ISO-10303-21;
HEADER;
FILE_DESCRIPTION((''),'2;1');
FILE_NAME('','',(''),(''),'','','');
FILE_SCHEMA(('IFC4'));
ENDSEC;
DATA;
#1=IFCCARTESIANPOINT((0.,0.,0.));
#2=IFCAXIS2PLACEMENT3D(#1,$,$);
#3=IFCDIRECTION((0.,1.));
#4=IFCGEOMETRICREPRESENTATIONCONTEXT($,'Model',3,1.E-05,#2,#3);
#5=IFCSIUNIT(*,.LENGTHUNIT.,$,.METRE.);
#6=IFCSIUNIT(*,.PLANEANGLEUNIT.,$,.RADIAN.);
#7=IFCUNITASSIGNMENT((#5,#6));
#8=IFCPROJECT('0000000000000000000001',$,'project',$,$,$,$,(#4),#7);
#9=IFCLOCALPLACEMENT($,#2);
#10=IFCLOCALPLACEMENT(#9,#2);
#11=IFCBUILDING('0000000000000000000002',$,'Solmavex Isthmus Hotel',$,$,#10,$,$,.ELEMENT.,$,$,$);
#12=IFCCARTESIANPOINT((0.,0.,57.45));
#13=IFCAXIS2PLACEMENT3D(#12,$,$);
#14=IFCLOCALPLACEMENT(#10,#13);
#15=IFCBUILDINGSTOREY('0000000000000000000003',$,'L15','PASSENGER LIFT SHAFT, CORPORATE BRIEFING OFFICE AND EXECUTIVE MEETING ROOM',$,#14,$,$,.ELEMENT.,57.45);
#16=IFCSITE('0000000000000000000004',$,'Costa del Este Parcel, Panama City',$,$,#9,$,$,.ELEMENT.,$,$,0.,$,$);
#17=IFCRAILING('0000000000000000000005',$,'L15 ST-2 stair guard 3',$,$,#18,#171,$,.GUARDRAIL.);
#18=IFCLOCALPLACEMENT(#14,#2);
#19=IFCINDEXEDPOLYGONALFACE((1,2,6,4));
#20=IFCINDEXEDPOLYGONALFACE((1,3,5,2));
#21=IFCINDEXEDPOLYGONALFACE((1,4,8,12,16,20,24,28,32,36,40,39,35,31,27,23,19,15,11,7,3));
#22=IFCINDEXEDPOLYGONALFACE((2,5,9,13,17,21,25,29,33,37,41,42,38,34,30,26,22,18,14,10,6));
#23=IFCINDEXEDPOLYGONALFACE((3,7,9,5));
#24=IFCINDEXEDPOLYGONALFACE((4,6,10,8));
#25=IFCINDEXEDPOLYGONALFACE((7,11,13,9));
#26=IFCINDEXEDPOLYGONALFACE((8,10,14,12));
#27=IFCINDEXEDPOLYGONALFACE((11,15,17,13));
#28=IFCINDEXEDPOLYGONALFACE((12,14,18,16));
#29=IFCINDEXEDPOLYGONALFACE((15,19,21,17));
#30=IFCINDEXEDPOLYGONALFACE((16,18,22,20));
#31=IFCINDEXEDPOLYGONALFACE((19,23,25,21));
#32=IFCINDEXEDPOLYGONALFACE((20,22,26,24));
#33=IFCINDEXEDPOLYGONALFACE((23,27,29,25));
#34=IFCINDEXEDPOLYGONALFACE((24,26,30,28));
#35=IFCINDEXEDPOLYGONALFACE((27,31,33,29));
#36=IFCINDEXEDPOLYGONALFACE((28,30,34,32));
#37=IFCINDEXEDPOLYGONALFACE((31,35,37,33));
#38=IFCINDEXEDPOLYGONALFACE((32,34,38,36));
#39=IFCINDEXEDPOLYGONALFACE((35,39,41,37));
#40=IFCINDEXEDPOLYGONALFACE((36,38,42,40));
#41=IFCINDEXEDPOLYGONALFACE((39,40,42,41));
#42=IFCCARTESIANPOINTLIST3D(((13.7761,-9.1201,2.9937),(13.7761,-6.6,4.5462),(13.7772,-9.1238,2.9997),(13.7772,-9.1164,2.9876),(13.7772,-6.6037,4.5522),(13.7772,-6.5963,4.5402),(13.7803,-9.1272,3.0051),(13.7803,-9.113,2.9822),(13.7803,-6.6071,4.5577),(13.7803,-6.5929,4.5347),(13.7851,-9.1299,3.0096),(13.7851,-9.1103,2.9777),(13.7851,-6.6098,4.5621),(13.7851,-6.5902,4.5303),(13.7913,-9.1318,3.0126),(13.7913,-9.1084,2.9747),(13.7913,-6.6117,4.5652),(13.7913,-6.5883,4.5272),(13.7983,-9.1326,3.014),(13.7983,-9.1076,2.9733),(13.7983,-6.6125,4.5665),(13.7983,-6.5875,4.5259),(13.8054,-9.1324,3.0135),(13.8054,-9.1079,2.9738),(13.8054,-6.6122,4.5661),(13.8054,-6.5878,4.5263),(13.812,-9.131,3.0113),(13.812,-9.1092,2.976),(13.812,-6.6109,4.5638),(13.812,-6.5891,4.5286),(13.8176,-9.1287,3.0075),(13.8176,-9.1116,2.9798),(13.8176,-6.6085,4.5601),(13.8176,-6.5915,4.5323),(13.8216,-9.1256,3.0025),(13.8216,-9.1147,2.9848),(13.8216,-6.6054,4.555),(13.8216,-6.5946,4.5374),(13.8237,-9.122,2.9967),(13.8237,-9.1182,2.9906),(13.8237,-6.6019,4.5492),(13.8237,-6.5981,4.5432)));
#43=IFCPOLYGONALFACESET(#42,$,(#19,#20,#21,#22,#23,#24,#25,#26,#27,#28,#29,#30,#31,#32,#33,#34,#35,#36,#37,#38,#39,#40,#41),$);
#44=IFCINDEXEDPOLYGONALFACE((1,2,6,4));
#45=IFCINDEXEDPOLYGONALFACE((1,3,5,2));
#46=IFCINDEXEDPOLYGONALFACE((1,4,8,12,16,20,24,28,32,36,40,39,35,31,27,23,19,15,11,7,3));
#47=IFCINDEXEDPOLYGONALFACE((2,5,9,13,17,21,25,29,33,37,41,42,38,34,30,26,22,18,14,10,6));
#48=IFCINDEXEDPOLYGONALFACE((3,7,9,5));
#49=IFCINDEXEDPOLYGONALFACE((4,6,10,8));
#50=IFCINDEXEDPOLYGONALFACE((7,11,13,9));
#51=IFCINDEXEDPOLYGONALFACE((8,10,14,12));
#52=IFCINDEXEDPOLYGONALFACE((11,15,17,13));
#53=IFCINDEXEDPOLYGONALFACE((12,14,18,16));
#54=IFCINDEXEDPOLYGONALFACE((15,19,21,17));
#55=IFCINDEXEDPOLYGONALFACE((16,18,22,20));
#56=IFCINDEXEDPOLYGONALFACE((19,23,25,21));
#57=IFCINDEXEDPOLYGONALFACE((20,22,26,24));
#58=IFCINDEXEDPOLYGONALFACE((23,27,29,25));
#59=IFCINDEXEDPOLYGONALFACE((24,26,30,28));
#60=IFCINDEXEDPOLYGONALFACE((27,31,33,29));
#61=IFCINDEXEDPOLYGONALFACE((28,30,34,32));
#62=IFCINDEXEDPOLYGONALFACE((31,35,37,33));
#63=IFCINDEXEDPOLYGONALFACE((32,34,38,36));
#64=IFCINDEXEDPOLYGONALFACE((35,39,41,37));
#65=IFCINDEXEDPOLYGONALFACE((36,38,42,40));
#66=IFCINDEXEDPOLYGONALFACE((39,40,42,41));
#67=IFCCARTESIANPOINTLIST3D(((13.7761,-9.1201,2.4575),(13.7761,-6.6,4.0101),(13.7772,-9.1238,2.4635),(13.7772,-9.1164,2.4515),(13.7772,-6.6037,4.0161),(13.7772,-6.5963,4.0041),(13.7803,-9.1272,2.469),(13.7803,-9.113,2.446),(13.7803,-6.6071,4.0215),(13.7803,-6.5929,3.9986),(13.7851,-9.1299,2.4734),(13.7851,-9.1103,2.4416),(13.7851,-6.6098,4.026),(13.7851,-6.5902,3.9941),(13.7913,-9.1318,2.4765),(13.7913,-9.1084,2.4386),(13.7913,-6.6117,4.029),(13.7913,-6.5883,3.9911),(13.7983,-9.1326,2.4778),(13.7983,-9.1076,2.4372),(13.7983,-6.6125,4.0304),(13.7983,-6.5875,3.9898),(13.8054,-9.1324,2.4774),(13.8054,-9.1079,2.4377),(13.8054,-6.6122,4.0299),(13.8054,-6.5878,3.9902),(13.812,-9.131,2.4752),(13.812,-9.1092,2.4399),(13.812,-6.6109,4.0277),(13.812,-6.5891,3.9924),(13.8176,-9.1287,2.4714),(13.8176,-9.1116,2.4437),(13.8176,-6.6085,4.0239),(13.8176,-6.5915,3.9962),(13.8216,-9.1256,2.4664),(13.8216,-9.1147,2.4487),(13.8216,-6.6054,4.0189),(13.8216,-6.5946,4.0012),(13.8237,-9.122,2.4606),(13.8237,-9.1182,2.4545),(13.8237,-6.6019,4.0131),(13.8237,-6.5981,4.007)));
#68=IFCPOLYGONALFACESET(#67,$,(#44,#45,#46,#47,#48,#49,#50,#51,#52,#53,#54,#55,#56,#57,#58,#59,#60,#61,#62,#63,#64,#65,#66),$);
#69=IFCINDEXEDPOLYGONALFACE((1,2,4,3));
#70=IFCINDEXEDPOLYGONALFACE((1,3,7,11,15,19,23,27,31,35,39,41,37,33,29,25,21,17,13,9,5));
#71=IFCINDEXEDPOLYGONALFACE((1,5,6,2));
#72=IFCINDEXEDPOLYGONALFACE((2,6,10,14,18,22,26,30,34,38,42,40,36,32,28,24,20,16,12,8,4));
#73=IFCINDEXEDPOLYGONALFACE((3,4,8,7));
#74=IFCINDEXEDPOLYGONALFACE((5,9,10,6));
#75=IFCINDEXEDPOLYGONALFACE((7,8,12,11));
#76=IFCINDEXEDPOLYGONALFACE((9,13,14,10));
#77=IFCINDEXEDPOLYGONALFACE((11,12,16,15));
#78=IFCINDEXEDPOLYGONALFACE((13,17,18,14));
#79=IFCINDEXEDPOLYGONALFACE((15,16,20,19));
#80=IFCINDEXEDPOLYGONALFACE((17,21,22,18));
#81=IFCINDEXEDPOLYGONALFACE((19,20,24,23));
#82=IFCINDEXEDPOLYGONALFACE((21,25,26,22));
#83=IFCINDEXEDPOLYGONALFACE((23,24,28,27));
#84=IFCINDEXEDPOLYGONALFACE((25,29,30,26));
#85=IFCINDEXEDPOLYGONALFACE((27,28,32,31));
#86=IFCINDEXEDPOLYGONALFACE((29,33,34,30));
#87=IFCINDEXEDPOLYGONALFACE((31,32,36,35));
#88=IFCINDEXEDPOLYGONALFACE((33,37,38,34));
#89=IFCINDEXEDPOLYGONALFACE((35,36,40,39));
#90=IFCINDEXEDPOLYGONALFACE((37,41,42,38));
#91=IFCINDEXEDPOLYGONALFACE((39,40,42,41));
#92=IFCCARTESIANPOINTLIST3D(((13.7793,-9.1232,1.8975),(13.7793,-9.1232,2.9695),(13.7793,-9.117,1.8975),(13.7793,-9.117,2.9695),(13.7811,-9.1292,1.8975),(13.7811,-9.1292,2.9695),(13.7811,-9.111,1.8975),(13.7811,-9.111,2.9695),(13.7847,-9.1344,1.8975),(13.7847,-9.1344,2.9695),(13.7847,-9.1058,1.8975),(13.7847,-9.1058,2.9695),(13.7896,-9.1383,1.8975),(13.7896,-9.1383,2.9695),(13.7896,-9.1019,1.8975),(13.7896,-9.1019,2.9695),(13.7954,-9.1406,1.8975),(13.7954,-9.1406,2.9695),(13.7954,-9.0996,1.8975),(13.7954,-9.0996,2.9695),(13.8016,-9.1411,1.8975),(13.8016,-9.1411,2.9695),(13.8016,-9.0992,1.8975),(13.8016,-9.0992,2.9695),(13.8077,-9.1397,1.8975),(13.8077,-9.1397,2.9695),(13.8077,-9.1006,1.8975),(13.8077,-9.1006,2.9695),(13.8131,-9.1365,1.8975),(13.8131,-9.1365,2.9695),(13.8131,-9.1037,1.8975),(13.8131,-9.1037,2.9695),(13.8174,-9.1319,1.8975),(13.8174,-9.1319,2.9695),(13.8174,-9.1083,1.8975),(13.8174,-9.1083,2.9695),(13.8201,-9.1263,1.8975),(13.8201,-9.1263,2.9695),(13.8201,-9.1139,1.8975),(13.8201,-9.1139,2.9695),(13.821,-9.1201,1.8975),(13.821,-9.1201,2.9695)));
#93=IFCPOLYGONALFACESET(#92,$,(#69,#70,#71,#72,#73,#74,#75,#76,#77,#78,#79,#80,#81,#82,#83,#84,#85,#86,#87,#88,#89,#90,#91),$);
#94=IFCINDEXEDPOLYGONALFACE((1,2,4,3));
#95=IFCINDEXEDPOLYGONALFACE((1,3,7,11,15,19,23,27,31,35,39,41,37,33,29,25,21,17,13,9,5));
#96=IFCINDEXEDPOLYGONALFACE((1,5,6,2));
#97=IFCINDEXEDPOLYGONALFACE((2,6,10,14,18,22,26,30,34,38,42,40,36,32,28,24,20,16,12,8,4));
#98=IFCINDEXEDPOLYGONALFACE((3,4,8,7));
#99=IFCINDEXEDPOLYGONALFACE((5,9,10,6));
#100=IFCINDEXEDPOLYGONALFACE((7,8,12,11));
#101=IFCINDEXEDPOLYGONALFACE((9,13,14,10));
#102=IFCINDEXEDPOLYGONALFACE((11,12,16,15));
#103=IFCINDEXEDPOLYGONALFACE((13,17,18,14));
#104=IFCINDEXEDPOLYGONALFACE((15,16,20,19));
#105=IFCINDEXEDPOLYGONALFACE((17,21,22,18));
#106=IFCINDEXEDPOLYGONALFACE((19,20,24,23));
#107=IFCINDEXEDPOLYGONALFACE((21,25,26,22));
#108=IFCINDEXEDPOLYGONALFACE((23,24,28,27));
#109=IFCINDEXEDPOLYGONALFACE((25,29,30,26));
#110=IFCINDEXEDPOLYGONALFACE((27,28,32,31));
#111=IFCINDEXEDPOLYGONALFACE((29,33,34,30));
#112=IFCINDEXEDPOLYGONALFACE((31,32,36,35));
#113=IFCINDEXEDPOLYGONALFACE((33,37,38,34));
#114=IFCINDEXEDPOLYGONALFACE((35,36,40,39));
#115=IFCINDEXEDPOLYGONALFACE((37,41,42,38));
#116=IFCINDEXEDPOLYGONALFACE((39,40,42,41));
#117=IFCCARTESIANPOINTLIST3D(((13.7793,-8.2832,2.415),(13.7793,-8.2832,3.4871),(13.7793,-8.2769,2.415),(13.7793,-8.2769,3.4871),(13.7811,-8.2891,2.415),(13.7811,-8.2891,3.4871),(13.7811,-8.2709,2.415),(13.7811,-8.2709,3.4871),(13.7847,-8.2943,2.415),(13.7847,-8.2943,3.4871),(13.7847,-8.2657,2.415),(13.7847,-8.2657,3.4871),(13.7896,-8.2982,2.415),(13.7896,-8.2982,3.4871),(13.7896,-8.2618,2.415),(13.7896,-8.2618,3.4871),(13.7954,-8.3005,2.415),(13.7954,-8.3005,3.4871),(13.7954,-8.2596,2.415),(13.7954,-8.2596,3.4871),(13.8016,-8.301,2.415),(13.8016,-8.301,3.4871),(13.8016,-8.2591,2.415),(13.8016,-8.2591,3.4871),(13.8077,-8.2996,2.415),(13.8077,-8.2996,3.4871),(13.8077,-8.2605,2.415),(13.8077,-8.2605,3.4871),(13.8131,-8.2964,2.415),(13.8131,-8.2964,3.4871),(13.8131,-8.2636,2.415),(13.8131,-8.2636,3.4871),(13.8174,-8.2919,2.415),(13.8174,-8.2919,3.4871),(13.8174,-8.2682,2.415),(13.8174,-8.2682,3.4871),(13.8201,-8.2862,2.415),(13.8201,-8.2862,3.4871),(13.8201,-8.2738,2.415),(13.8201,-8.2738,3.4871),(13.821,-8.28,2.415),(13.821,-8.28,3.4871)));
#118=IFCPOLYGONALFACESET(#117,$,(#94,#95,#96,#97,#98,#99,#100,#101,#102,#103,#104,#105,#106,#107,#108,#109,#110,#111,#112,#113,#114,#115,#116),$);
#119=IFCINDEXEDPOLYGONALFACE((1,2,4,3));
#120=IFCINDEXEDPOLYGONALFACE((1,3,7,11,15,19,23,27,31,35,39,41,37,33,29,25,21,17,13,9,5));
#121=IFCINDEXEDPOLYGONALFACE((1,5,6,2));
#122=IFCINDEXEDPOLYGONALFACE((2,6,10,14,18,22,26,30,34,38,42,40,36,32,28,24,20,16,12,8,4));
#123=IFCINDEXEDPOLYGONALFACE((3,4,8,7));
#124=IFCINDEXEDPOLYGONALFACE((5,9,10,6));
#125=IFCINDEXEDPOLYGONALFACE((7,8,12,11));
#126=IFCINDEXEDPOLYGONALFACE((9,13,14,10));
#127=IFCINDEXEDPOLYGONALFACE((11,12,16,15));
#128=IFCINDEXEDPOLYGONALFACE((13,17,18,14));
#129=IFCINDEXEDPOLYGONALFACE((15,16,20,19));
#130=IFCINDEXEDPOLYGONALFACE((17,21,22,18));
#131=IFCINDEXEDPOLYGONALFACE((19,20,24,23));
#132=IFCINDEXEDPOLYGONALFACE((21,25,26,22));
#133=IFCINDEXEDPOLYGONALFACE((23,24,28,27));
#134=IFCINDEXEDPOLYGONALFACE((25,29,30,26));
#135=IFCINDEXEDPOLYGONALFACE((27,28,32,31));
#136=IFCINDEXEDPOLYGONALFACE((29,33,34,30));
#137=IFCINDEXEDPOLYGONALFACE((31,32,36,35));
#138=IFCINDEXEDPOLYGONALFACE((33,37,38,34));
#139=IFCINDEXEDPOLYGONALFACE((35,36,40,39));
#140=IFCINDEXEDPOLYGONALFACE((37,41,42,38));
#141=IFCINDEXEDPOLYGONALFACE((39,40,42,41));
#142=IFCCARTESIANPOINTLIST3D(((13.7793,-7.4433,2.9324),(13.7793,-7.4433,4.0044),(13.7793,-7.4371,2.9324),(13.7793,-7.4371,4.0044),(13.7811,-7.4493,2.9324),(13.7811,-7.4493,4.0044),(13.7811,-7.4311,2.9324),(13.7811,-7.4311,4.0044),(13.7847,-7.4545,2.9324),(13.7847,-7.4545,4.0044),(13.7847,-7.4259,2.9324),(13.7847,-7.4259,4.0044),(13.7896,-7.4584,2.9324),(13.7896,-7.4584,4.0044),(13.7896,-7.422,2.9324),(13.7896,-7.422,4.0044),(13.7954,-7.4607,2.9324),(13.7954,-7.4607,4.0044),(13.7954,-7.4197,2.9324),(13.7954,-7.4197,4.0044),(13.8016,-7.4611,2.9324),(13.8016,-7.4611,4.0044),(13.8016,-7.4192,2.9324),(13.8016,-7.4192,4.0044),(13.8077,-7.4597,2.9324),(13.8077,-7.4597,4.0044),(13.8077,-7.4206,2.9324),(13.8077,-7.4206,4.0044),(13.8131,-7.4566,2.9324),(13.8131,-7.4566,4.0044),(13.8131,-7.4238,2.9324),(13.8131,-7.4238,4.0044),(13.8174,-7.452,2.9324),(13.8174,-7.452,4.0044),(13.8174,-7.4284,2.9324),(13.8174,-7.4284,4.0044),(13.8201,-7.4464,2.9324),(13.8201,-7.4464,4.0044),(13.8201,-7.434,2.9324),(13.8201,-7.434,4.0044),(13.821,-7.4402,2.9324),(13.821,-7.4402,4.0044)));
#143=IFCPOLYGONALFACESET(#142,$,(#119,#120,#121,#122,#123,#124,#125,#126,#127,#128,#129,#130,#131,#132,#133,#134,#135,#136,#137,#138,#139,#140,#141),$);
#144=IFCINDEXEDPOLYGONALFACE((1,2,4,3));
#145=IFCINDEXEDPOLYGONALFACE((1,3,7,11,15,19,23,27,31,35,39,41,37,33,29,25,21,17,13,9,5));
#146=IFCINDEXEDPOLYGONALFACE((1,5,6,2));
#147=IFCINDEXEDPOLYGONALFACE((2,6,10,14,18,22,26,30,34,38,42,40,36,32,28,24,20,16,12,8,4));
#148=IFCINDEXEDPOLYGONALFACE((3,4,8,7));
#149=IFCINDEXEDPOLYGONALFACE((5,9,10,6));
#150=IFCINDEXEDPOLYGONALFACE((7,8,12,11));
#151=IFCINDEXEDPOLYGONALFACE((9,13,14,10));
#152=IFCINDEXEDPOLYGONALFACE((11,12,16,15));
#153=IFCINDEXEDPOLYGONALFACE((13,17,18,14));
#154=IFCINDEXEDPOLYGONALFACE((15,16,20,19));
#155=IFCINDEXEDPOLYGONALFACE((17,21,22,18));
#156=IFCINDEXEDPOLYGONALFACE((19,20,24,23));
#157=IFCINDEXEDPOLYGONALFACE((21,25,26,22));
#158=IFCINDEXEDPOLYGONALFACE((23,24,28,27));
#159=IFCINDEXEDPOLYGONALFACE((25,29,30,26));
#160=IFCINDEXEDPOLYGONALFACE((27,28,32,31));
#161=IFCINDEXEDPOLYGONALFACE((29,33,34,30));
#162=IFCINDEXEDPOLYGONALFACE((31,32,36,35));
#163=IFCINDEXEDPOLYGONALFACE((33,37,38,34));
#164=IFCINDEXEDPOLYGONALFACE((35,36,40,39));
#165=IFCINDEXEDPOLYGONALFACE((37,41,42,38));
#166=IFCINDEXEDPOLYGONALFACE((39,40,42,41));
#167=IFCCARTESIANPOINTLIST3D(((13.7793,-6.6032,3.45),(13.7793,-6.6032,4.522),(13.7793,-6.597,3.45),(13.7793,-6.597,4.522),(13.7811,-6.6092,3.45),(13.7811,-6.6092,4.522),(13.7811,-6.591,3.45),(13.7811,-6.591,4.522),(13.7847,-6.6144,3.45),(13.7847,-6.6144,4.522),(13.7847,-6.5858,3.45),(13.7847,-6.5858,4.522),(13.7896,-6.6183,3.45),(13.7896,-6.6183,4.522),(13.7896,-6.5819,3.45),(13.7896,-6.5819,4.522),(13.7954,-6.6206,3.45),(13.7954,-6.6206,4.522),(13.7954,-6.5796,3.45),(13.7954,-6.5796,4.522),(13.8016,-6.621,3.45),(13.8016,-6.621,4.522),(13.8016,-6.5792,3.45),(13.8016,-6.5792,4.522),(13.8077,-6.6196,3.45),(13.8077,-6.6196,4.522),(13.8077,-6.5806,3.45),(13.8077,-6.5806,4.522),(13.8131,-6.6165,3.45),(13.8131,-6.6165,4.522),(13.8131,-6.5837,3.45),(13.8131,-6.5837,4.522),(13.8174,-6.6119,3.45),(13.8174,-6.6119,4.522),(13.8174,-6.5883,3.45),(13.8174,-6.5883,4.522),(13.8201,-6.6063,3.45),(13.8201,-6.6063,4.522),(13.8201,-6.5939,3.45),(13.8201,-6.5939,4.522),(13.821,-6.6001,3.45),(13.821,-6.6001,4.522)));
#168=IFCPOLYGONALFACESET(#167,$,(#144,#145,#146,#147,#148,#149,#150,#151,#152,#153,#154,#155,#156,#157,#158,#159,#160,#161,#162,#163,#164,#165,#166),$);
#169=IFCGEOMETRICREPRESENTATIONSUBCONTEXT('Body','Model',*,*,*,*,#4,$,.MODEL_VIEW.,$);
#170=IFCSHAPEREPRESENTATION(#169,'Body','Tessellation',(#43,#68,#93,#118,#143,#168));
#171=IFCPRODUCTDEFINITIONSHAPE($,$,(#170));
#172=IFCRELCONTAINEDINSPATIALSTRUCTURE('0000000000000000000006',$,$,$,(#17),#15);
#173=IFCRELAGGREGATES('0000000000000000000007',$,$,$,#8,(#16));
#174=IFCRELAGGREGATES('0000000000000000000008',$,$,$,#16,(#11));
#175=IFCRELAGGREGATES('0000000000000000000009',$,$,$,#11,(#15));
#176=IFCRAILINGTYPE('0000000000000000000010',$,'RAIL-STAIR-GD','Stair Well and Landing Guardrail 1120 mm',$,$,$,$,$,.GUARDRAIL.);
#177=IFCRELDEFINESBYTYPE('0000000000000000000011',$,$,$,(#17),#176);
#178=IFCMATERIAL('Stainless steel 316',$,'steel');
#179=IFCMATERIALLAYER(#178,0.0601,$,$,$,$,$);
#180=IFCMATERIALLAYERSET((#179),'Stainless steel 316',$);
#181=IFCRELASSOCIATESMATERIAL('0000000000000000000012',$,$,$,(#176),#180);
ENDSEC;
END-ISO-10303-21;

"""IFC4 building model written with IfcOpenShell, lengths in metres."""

from ifc_helpers import new_model, si_unit, direction, frame, origin, origin_2d, place, context, subcontext, project, spatial, circle, extrude, material, layer, layer_set, type_object, element, save


model = new_model("IFC4")

# Units and contexts
model_context = context("Model", 3, precision=1e-05, world=origin(), true_north=direction((0.0, 1.0)))
body_context = subcontext(model_context, "Body", "Model", "MODEL_VIEW")
ifc_project = project(units=[si_unit("LENGTHUNIT", "METRE"), si_unit("PLANEANGLEUNIT", "RADIAN")], contexts=[model_context])

# Site, building, storey
site_placement = place(None, origin())
site = spatial("IfcSite", under=ifc_project, at=site_placement, Name="Costa del Este Parcel, Panama City", CompositionType="ELEMENT", RefElevation=0.0)
building_placement = place(site_placement, origin())
building = spatial("IfcBuilding", under=site, at=building_placement, Name="Solmavex Isthmus Hotel", CompositionType="ELEMENT")
storey_placement = place(building_placement, frame((0.0, 0.0, 57.45)))
storey = spatial("IfcBuildingStorey", under=building, at=storey_placement, Name="L15", Description="PASSENGER LIFT SHAFT, CORPORATE BRIEFING OFFICE AND EXECUTIVE MEETING ROOM", CompositionType="ELEMENT", Elevation=57.45)

# Railing
ifc_material_1 = material(Name="Stainless steel 316", Category="steel")
ifc_layer_1 = layer(ifc_material_1, 0.0601)
ifc_layer_set_1 = layer_set([ifc_layer_1], Name="Stainless steel 316")
railing_type_1 = type_object("IfcRailingType", Name="RAIL-STAIR-GD", Description="Stair Well and Landing Guardrail 1120 mm", PredefinedType="GUARDRAIL", material=ifc_layer_set_1)
railing_1_placement = place(storey_placement, frame((13.8, -9.1201, 1.8975)))
element("IfcRailing", 1, at=railing_1_placement, inside=storey, type_object=railing_type_1, Name="L15 ST-2 stair guard 3", PredefinedType="GUARDRAIL", context=body_context, shape_type="SweptSolid", body=[
    extrude(circle(Radius=0.0239, at=origin_2d()), frame((0.0, 0.0, 1.0962), z_axis=(0.0, 0.8514, 0.524516), x_axis=(-1.0, 0.0, 0.0)), (0.0, 0.0, 1.0), 2.96),
    extrude(circle(Radius=0.0239, at=origin_2d()), frame((0.0, 0.0, 0.5601), z_axis=(0.0, 0.8514, 0.524516), x_axis=(-1.0, 0.0, 0.0)), (0.0, 0.0, 1.0), 2.96),
    extrude(circle(Radius=0.021, at=origin_2d()), origin(), (0.0, 0.0, 1.0), 1.072),
    extrude(circle(Radius=0.021, at=origin_2d()), frame((0.0, 0.8401, 0.5176)), (0.0, 0.0, 1.0), 1.072),
    extrude(circle(Radius=0.021, at=origin_2d()), frame((0.0, 1.6799, 1.0349)), (0.0, 0.0, 1.0), 1.072),
    extrude(circle(Radius=0.021, at=origin_2d()), frame((0.0, 2.52, 1.5525)), (0.0, 0.0, 1.0), 1.072),
])

save(model, "model.ifc")
